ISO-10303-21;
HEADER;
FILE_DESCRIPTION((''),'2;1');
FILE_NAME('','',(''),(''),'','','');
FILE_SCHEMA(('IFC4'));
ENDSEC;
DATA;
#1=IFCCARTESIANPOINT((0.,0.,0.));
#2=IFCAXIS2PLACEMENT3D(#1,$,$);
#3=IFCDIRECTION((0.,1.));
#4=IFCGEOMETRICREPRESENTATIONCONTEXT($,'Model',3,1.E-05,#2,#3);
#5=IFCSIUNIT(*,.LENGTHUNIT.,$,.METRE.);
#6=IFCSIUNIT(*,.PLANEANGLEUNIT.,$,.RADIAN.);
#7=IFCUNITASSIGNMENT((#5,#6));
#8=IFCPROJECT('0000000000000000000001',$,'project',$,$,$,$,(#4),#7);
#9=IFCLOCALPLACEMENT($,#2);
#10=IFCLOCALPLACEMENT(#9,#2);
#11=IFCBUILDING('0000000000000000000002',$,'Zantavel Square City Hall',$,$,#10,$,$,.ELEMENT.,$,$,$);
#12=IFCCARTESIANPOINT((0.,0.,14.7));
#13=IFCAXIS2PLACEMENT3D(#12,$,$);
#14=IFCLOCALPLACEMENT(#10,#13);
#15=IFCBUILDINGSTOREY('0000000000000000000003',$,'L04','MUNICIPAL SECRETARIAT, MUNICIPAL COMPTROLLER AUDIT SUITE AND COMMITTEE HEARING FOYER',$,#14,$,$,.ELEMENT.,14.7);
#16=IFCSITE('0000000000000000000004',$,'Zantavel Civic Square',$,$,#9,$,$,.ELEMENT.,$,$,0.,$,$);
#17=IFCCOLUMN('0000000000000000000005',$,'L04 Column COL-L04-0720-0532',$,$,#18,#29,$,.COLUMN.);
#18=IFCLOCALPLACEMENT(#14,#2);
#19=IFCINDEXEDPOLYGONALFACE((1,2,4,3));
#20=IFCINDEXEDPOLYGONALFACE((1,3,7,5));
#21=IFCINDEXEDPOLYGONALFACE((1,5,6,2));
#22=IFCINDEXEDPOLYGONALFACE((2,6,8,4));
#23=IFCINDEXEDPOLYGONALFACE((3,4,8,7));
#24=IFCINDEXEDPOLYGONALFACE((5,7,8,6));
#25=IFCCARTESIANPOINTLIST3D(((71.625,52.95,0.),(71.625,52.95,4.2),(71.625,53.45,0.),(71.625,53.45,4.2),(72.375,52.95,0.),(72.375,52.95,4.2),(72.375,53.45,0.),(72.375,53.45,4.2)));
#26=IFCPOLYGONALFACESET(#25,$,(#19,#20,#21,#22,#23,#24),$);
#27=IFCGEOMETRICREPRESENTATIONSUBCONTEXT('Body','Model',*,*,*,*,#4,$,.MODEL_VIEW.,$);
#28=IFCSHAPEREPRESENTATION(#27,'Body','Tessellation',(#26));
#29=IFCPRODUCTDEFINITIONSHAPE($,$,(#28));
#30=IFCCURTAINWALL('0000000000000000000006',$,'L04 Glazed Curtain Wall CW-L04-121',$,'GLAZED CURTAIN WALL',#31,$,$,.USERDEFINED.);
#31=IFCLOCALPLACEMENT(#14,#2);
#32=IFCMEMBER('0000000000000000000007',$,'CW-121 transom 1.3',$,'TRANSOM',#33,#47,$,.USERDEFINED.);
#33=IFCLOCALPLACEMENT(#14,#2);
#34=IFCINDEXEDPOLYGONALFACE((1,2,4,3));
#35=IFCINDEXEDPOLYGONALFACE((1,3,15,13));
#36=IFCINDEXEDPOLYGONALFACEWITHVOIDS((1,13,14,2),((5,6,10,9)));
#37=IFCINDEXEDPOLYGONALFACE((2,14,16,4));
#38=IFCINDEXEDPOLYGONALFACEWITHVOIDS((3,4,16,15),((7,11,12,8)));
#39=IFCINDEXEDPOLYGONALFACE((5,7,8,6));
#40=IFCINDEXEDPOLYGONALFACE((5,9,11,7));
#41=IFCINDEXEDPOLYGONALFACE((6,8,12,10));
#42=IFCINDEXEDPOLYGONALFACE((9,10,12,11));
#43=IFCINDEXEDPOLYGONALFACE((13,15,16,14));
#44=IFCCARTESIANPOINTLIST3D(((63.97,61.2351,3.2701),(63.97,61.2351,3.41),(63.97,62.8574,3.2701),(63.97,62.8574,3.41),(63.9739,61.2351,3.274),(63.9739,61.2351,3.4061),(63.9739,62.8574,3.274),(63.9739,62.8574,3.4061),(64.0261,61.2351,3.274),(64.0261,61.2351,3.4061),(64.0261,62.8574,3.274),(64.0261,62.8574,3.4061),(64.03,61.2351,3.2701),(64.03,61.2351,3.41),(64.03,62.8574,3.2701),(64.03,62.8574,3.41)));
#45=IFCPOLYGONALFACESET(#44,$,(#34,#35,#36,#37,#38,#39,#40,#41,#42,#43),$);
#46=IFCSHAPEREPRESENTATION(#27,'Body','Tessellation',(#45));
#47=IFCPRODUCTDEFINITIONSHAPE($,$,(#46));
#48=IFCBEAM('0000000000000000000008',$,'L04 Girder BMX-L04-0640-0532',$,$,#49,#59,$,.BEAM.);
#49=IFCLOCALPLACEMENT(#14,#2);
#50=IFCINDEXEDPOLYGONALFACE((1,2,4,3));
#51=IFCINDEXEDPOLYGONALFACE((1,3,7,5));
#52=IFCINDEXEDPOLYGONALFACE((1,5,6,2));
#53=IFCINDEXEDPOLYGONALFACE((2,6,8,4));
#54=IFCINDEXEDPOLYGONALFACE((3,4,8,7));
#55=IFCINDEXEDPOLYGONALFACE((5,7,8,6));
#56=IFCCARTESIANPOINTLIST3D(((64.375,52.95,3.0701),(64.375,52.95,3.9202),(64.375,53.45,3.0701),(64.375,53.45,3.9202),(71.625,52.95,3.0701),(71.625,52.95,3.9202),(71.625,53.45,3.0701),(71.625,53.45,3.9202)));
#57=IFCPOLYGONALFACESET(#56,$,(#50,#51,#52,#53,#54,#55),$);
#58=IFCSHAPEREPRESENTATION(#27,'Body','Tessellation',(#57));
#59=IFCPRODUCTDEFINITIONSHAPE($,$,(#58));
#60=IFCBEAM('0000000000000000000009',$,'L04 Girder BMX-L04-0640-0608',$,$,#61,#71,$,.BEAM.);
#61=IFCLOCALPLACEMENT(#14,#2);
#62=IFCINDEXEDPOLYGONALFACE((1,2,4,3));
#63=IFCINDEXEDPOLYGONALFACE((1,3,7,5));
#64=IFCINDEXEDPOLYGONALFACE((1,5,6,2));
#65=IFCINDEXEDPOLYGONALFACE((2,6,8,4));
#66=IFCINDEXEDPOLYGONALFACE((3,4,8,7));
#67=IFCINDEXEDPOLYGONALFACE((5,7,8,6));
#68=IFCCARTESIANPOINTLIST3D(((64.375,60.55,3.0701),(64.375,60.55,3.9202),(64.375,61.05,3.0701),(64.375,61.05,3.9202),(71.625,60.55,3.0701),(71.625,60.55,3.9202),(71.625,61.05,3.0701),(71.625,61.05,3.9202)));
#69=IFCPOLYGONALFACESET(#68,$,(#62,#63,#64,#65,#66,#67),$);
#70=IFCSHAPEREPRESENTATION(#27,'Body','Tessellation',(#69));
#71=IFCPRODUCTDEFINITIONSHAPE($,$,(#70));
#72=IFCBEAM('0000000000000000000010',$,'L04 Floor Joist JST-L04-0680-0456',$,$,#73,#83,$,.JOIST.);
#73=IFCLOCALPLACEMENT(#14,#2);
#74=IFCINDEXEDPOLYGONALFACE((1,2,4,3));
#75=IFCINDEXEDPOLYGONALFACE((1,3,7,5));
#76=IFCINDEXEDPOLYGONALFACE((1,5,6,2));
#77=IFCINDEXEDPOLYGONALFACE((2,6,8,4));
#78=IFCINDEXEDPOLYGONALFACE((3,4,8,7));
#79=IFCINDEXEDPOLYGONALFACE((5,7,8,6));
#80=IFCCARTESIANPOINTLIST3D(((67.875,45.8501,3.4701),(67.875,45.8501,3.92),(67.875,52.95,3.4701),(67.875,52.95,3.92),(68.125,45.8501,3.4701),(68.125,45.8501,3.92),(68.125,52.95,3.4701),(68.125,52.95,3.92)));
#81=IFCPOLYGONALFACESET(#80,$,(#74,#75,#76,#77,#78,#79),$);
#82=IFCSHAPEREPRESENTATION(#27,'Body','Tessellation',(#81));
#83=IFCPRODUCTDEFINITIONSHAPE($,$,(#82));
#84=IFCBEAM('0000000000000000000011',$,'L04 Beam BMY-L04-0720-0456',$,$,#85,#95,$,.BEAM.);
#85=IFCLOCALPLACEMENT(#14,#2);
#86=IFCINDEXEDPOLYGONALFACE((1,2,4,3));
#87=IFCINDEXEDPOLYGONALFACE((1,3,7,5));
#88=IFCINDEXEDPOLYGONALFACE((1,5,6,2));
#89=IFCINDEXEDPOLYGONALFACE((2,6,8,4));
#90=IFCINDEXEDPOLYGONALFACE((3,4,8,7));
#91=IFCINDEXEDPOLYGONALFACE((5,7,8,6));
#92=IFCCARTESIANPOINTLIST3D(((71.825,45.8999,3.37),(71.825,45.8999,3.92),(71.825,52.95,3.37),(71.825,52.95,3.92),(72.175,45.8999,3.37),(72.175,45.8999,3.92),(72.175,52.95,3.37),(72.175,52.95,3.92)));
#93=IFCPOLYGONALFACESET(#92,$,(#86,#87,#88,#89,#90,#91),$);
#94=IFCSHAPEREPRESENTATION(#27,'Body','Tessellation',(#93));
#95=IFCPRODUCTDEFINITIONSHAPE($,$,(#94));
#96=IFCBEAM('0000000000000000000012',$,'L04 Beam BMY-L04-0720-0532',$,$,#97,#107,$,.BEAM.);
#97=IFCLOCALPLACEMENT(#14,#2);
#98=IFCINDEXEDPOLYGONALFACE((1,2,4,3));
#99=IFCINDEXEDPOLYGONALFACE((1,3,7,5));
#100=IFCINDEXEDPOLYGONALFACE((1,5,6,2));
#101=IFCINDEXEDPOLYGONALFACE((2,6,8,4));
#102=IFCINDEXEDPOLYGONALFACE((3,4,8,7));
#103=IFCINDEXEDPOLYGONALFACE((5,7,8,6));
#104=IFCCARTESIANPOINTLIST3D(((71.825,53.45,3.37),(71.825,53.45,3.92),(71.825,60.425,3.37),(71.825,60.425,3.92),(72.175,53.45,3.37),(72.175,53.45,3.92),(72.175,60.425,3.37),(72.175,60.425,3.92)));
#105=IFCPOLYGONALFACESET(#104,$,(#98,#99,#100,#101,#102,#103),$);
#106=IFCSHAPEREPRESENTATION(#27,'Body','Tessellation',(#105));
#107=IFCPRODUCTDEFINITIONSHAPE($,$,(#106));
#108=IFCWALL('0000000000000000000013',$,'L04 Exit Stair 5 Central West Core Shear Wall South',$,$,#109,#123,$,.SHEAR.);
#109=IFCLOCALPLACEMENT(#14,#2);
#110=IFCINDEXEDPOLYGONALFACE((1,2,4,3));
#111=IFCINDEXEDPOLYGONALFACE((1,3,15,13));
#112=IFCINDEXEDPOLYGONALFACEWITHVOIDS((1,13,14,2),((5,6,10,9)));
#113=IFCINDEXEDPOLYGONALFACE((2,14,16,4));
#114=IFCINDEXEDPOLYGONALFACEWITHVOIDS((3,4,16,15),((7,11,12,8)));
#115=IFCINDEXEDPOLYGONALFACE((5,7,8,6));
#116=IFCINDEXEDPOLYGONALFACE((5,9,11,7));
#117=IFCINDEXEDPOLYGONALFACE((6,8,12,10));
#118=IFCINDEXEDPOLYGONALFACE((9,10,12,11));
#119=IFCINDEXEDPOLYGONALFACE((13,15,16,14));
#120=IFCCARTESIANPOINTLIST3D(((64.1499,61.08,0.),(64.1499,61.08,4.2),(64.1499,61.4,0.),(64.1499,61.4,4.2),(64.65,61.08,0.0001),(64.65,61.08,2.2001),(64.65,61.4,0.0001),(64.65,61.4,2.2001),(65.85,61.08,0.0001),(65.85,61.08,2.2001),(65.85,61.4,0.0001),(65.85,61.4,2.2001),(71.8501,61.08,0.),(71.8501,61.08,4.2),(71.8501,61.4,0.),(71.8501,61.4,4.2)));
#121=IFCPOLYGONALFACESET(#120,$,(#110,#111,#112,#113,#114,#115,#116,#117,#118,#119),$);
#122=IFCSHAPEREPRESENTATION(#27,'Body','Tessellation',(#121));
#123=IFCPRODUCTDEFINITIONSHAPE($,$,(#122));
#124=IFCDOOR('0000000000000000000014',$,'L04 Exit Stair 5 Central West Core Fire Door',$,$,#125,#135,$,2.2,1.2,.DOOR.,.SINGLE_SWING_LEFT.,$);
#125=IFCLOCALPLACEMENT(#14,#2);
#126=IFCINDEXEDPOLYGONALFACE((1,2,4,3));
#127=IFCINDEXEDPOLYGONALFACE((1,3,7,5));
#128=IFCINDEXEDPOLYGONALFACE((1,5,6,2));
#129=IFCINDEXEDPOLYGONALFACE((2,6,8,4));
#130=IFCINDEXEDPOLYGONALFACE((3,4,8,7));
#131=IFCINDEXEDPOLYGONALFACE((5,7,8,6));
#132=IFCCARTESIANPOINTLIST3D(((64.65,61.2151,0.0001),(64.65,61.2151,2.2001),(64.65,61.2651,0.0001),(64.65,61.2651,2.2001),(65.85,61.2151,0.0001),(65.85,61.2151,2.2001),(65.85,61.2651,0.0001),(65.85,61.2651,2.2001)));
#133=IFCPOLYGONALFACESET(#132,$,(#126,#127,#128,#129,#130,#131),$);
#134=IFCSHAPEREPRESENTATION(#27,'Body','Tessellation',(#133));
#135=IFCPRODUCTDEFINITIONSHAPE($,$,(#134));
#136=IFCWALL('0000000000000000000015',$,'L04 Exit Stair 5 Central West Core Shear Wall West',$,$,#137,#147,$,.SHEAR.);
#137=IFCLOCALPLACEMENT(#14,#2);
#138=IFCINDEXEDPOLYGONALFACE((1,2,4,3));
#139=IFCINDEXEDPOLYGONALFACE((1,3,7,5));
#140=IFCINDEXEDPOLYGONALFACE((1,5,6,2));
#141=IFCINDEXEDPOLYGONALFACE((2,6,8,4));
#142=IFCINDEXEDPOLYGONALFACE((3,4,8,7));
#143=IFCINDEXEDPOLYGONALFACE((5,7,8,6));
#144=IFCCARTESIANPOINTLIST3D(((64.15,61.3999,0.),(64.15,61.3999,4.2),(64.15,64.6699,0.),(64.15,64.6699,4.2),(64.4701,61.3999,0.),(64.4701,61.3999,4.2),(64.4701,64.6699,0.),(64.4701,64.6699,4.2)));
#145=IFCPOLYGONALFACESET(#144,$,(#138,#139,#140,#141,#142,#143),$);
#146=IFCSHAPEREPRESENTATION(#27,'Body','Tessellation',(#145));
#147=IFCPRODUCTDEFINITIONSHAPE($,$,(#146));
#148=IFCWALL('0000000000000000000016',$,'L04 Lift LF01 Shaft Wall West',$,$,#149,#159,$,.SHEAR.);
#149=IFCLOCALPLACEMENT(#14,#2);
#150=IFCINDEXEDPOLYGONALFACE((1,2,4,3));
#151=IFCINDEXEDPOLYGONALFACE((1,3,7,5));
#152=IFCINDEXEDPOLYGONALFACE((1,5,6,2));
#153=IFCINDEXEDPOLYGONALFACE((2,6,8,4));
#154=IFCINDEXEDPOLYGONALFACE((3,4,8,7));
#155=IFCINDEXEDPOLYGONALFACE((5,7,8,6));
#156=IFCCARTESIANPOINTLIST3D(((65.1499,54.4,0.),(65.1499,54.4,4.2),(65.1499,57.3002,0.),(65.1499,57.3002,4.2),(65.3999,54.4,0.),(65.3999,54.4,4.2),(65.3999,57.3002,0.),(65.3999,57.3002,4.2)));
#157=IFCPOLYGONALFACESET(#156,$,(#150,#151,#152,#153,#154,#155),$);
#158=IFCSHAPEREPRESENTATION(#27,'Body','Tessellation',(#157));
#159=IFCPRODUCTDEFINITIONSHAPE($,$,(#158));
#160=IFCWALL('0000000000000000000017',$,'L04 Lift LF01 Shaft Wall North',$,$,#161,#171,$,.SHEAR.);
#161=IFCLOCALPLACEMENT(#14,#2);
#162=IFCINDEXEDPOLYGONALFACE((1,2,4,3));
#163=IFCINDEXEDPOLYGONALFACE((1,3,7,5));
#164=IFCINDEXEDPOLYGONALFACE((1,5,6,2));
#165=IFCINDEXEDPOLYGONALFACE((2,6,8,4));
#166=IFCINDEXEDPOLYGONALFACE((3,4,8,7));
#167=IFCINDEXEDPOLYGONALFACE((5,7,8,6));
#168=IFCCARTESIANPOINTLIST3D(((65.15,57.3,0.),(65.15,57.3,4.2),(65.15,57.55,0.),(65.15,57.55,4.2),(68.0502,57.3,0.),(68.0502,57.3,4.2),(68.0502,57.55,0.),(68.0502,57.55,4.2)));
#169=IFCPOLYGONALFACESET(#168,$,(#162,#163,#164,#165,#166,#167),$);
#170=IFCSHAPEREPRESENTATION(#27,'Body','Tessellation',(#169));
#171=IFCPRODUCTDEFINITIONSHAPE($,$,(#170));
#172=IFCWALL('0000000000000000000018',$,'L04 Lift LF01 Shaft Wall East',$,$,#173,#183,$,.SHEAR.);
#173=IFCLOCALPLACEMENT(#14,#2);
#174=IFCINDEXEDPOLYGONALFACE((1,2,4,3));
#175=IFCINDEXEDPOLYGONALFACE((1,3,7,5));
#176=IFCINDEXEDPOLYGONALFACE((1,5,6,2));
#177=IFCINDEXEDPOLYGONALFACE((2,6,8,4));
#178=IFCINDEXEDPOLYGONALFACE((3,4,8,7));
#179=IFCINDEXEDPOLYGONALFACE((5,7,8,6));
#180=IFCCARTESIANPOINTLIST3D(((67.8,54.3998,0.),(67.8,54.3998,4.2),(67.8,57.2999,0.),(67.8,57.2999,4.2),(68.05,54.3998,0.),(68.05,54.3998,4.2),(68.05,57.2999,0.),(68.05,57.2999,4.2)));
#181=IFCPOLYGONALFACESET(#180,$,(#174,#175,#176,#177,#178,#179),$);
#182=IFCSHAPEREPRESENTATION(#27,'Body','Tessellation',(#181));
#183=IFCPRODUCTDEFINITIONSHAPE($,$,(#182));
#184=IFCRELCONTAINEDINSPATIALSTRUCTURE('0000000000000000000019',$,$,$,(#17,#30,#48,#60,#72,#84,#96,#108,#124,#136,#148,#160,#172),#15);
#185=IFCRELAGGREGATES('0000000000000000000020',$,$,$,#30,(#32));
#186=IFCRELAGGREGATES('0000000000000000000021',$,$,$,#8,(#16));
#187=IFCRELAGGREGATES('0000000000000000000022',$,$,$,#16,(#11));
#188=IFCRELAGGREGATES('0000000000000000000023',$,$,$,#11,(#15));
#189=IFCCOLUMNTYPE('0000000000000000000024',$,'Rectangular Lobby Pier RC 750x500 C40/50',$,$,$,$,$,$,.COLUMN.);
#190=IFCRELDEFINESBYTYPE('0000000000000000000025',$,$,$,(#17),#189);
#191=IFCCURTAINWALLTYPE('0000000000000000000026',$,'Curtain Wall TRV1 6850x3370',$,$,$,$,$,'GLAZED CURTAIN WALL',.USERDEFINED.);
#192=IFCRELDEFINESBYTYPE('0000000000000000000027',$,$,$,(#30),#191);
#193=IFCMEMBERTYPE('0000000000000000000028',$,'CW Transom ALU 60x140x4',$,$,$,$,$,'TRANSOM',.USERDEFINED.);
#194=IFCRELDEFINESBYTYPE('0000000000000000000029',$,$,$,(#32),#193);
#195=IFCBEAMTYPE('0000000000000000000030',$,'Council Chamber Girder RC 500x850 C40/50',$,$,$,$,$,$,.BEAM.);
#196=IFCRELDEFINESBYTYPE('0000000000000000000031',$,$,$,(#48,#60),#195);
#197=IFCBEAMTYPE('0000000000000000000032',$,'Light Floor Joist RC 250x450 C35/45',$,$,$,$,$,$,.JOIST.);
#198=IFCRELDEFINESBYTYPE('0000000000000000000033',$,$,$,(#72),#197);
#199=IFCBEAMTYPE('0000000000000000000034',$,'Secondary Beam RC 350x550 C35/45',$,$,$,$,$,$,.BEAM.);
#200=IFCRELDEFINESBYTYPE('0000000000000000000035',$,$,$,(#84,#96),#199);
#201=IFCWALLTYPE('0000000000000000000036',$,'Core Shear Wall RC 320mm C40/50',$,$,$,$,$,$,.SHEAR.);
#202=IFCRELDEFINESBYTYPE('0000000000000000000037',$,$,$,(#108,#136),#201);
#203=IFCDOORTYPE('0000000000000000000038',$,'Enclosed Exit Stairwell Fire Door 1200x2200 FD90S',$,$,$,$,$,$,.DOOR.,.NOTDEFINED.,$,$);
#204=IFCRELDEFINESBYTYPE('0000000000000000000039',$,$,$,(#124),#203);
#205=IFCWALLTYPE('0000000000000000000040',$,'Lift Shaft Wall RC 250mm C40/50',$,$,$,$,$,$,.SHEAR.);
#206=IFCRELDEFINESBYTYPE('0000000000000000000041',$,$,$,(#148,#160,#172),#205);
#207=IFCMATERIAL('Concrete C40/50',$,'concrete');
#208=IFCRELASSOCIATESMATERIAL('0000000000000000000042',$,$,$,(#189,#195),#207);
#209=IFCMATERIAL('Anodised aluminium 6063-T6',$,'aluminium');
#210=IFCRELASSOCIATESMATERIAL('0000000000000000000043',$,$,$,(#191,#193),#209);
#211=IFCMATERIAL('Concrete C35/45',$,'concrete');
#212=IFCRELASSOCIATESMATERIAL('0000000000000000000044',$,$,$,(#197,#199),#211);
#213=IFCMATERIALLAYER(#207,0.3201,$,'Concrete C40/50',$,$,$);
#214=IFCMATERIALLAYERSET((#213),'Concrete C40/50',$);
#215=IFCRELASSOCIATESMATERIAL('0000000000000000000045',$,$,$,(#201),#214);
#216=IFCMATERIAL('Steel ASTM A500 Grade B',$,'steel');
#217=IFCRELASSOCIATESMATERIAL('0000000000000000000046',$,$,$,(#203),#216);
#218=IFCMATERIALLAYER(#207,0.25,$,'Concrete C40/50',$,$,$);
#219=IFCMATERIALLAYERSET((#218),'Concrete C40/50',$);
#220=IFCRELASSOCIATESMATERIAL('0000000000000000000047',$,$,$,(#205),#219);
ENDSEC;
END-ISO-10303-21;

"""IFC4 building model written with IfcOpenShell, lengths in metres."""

from ifc_helpers import new_model, si_unit, direction, frame, frame_2d, origin, origin_2d, place, context, subcontext, project, spatial, rectangle, hollow_rectangle, extrude, material, layer, layer_set, material_profile, profile_set, type_object, element, fill, aggregate, save


model = new_model("IFC4")

# Units and contexts
model_context = context("Model", 3, precision=1e-05, world=origin(), true_north=direction((0.0, 1.0)))
body_context = subcontext(model_context, "Body", "Model", "MODEL_VIEW")
ifc_project = project(units=[si_unit("LENGTHUNIT", "METRE"), si_unit("PLANEANGLEUNIT", "RADIAN")], contexts=[model_context])

# Site, building, storey
site_placement = place(None, origin())
site = spatial("IfcSite", under=ifc_project, at=site_placement, Name="Zantavel Civic Square", CompositionType="ELEMENT", RefElevation=0.0)
building_placement = place(site_placement, origin())
building = spatial("IfcBuilding", under=site, at=building_placement, Name="Zantavel Square City Hall", CompositionType="ELEMENT")
storey_placement = place(building_placement, frame((0.0, 0.0, 14.7)))
storey = spatial("IfcBuildingStorey", under=building, at=storey_placement, Name="L04", Description="MUNICIPAL SECRETARIAT, MUNICIPAL COMPTROLLER AUDIT SUITE AND COMMITTEE HEARING FOYER", CompositionType="ELEMENT", Elevation=14.7)

# Column
ifc_material_1 = material(Name="Concrete C40/50", Category="concrete")
ifc_material_profile_1 = material_profile(ifc_material_1, rectangle(XDim=0.75, YDim=0.5, at=origin_2d()), Name="RC 750x500")
ifc_profile_set_1 = profile_set([ifc_material_profile_1], Name="Concrete C40/50")
column_type = type_object("IfcColumnType", Name="Rectangular Lobby Pier RC 750x500 C40/50", PredefinedType="COLUMN", material=ifc_profile_set_1)
column_placement = place(storey_placement, frame((72.0, 53.2, 0.0), z_axis=(0.0, 0.0, 1.0), x_axis=(1.0, 0.0, 0.0)))
element("IfcColumn", 1, at=column_placement, inside=storey, type_object=column_type, Name="L04 Column COL-L04-0720-0532", PredefinedType="COLUMN", context=body_context, shape_type="SweptSolid", body=[
    extrude(rectangle(XDim=0.75, YDim=0.5, at=origin_2d()), origin(), (0.0, 0.0, 1.0), 4.2),
])

# Curtain wall, member
ifc_material_2 = material(Name="Anodised aluminium 6063-T6", Category="aluminium")
curtain_wall_type = type_object("IfcCurtainWallType", Name="Curtain Wall TRV1 6850x3370", ElementType="GLAZED CURTAIN WALL", PredefinedType="USERDEFINED", material=ifc_material_2)
curtain_wall_placement = place(storey_placement, origin())
curtain_wall = element("IfcCurtainWall", 2, at=curtain_wall_placement, inside=storey, type_object=curtain_wall_type, Name="L04 Glazed Curtain Wall CW-L04-121", ObjectType="GLAZED CURTAIN WALL", PredefinedType="USERDEFINED")
ifc_material_profile_2 = material_profile(ifc_material_2, hollow_rectangle(XDim=0.0601, YDim=0.1399, WallThickness=0.0039, at=origin_2d()), Name="ALU 60x140x4")
ifc_profile_set_2 = profile_set([ifc_material_profile_2], Name="Anodised aluminium 6063-T6")
member_type = type_object("IfcMemberType", Name="CW Transom ALU 60x140x4", ElementType="TRANSOM", PredefinedType="USERDEFINED", material=ifc_profile_set_2)
member_placement = place(storey_placement, frame((64.0, 61.2351, 3.3401), z_axis=(0.0, 1.0, 0.0), x_axis=(-1.0, 0.0, 0.0)))
member = element("IfcMember", 3, at=member_placement, type_object=member_type, Name="CW-121 transom 1.3", ObjectType="TRANSOM", PredefinedType="USERDEFINED", context=body_context, shape_type="SweptSolid", body=[
    extrude(hollow_rectangle(XDim=0.0601, YDim=0.1399, WallThickness=0.0039, at=origin_2d()), origin(), (0.0, 0.0, 1.0), 1.6223),
])
aggregate(curtain_wall, [member])

# Beams
ifc_material_profile_3 = material_profile(ifc_material_1, rectangle(XDim=0.5, YDim=0.8501, at=origin_2d()), Name="RC 500x850")
ifc_profile_set_3 = profile_set([ifc_material_profile_3], Name="Concrete C40/50")
beam_type_1 = type_object("IfcBeamType", Name="Council Chamber Girder RC 500x850 C40/50", PredefinedType="BEAM", material=ifc_profile_set_3)
for number, where, z_axis, x_axis, name in (
    (4, (64.375, 53.2, 3.4951), (1.0, 0.0, 0.0), (0.0, 1.0, 0.0), "L04 Girder BMX-L04-0640-0532"),
    (5, (64.375, 60.8, 3.4951), (1.0, 0.0, 0.0), (0.0, 1.0, 0.0), "L04 Girder BMX-L04-0640-0608"),
):
    element("IfcBeam", number, at=place(storey_placement, frame(where, z_axis=z_axis, x_axis=x_axis)), inside=storey, type_object=beam_type_1, Name=name, PredefinedType="BEAM", context=body_context, shape_type="SweptSolid", body=[
        extrude(rectangle(XDim=0.5, YDim=0.8501, at=origin_2d()), origin(), (0.0, 0.0, 1.0), 7.25),
    ])
ifc_material_3 = material(Name="Concrete C35/45", Category="concrete")
ifc_material_profile_4 = material_profile(ifc_material_3, rectangle(XDim=0.25, YDim=0.45, at=origin_2d()), Name="RC 250x450")
ifc_profile_set_4 = profile_set([ifc_material_profile_4], Name="Concrete C35/45")
beam_type_2 = type_object("IfcBeamType", Name="Light Floor Joist RC 250x450 C35/45", PredefinedType="JOIST", material=ifc_profile_set_4)
beam_1_placement = place(storey_placement, frame((68.0, 45.8501, 3.6951), z_axis=(0.0, 1.0, 0.0), x_axis=(-1.0, 0.0, 0.0)))
element("IfcBeam", 6, at=beam_1_placement, inside=storey, type_object=beam_type_2, Name="L04 Floor Joist JST-L04-0680-0456", PredefinedType="JOIST", context=body_context, shape_type="SweptSolid", body=[
    extrude(rectangle(XDim=0.25, YDim=0.45, at=origin_2d()), origin(), (0.0, 0.0, 1.0), 7.0999),
])
ifc_material_profile_5 = material_profile(ifc_material_3, rectangle(XDim=0.3501, YDim=0.55, at=origin_2d()), Name="RC 350x550")
ifc_profile_set_5 = profile_set([ifc_material_profile_5], Name="Concrete C35/45")
beam_type_3 = type_object("IfcBeamType", Name="Secondary Beam RC 350x550 C35/45", PredefinedType="BEAM", material=ifc_profile_set_5)
beam_2_placement = place(storey_placement, frame((72.0, 45.8999, 3.645), z_axis=(0.0, 1.0, 0.0), x_axis=(-1.0, 0.0, 0.0)))
element("IfcBeam", 7, at=beam_2_placement, inside=storey, type_object=beam_type_3, Name="L04 Beam BMY-L04-0720-0456", PredefinedType="BEAM", context=body_context, shape_type="SweptSolid", body=[
    extrude(rectangle(XDim=0.3501, YDim=0.55, at=origin_2d()), origin(), (0.0, 0.0, 1.0), 7.05),
])
beam_3_placement = place(storey_placement, frame((72.0, 53.45, 3.645), z_axis=(0.0, 1.0, 0.0), x_axis=(-1.0, 0.0, 0.0)))
element("IfcBeam", 8, at=beam_3_placement, inside=storey, type_object=beam_type_3, Name="L04 Beam BMY-L04-0720-0532", PredefinedType="BEAM", context=body_context, shape_type="SweptSolid", body=[
    extrude(rectangle(XDim=0.3501, YDim=0.55, at=origin_2d()), origin(), (0.0, 0.0, 1.0), 6.9751),
])

# Wall, opening, door
ifc_layer_1 = layer(ifc_material_1, 0.3201, Name="Concrete C40/50")
ifc_layer_set_1 = layer_set([ifc_layer_1], Name="Concrete C40/50")
wall_type_1 = type_object("IfcWallType", Name="Core Shear Wall RC 320mm C40/50", PredefinedType="SHEAR", material=ifc_layer_set_1)
wall_1_placement = place(storey_placement, frame((71.8501, 61.24, 0.0), z_axis=(0.0, 0.0, 1.0), x_axis=(-1.0, 0.0, 0.0)))
wall_1 = element("IfcWall", 9, at=wall_1_placement, inside=storey, type_object=wall_type_1, Name="L04 Exit Stair 5 Central West Core Shear Wall South", PredefinedType="SHEAR", context=body_context, shape_type="SweptSolid", body=[
    extrude(rectangle(XDim=7.7002, YDim=0.3201, at=frame_2d((3.8501, 0.0))), origin(), (0.0, 0.0, 1.0), 4.2),
])
opening_1_placement = place(wall_1_placement, frame((6.0, 0.0, 0.0)))
opening_1 = element("IfcOpeningElement", 10, at=opening_1_placement, cuts=wall_1, PredefinedType="OPENING", context=body_context, shape_type="SweptSolid", body=[
    extrude(rectangle(XDim=1.2, YDim=2.2, at=frame_2d((0.6001, 1.1001))), frame((0.0, 0.1699, 0.0), z_axis=(0.0, -1.0, 0.0), x_axis=(1.0, 0.0, 0.0)), (0.0, 0.0, 1.0), 0.3401),
])
ifc_material_4 = material(Name="Steel ASTM A500 Grade B", Category="steel")
door_type_1 = type_object("IfcDoorType", Name="Enclosed Exit Stairwell Fire Door 1200x2200 FD90S", OperationType="NOTDEFINED", PredefinedType="DOOR", material=ifc_material_4)
door_1_placement = place(opening_1_placement, origin())
door_1 = element("IfcDoor", 11, at=door_1_placement, inside=storey, type_object=door_type_1, Name="L04 Exit Stair 5 Central West Core Fire Door", OperationType="SINGLE_SWING_LEFT", OverallHeight=2.2, OverallWidth=1.2, PredefinedType="DOOR", context=body_context, shape_type="SweptSolid", body=[
    extrude(rectangle(XDim=1.2, YDim=2.2, at=frame_2d((0.6001, 1.1001))), frame((0.0, 0.0249, 0.0), z_axis=(0.0, -1.0, 0.0), x_axis=(1.0, 0.0, 0.0)), (0.0, 0.0, 1.0), 0.05),
])
fill(opening_1, door_1)

# Wall
wall_2_placement = place(storey_placement, frame((64.3101, 61.3999, 0.0), z_axis=(0.0, 0.0, 1.0), x_axis=(0.0, 1.0, 0.0)))
element("IfcWall", 12, at=wall_2_placement, inside=storey, type_object=wall_type_1, Name="L04 Exit Stair 5 Central West Core Shear Wall West", PredefinedType="SHEAR", context=body_context, shape_type="SweptSolid", body=[
    extrude(rectangle(XDim=3.27, YDim=0.3201, at=frame_2d((1.635, 0.0))), origin(), (0.0, 0.0, 1.0), 4.2),
])

# Shared definitions
ifc_layer_2 = layer(ifc_material_1, 0.25, Name="Concrete C40/50")
ifc_layer_set_2 = layer_set([ifc_layer_2], Name="Concrete C40/50")
wall_type_2 = type_object("IfcWallType", Name="Lift Shaft Wall RC 250mm C40/50", PredefinedType="SHEAR", material=ifc_layer_set_2)

# Walls
for number, where, z_axis, x_axis, name in (
    (13, (65.2749, 54.3999, 0.0), (0.0, 0.0, 1.0), (0.0, 1.0, 0.0), "L04 Lift LF01 Shaft Wall West"),
    (14, (65.1499, 57.425, 0.0), (0.0, 0.0, 1.0), (1.0, 0.0, 0.0), "L04 Lift LF01 Shaft Wall North"),
    (15, (67.925, 57.3, 0.0), (0.0, 0.0, 1.0), (0.0, -1.0, 0.0), "L04 Lift LF01 Shaft Wall East"),
):
    element("IfcWall", number, at=place(storey_placement, frame(where, z_axis=z_axis, x_axis=x_axis)), inside=storey, type_object=wall_type_2, Name=name, PredefinedType="SHEAR", context=body_context, shape_type="SweptSolid", body=[
        extrude(rectangle(XDim=2.9001, YDim=0.25, at=frame_2d((1.4502, 0.0))), origin(), (0.0, 0.0, 1.0), 4.2),
    ])

save(model, "model.ifc")
